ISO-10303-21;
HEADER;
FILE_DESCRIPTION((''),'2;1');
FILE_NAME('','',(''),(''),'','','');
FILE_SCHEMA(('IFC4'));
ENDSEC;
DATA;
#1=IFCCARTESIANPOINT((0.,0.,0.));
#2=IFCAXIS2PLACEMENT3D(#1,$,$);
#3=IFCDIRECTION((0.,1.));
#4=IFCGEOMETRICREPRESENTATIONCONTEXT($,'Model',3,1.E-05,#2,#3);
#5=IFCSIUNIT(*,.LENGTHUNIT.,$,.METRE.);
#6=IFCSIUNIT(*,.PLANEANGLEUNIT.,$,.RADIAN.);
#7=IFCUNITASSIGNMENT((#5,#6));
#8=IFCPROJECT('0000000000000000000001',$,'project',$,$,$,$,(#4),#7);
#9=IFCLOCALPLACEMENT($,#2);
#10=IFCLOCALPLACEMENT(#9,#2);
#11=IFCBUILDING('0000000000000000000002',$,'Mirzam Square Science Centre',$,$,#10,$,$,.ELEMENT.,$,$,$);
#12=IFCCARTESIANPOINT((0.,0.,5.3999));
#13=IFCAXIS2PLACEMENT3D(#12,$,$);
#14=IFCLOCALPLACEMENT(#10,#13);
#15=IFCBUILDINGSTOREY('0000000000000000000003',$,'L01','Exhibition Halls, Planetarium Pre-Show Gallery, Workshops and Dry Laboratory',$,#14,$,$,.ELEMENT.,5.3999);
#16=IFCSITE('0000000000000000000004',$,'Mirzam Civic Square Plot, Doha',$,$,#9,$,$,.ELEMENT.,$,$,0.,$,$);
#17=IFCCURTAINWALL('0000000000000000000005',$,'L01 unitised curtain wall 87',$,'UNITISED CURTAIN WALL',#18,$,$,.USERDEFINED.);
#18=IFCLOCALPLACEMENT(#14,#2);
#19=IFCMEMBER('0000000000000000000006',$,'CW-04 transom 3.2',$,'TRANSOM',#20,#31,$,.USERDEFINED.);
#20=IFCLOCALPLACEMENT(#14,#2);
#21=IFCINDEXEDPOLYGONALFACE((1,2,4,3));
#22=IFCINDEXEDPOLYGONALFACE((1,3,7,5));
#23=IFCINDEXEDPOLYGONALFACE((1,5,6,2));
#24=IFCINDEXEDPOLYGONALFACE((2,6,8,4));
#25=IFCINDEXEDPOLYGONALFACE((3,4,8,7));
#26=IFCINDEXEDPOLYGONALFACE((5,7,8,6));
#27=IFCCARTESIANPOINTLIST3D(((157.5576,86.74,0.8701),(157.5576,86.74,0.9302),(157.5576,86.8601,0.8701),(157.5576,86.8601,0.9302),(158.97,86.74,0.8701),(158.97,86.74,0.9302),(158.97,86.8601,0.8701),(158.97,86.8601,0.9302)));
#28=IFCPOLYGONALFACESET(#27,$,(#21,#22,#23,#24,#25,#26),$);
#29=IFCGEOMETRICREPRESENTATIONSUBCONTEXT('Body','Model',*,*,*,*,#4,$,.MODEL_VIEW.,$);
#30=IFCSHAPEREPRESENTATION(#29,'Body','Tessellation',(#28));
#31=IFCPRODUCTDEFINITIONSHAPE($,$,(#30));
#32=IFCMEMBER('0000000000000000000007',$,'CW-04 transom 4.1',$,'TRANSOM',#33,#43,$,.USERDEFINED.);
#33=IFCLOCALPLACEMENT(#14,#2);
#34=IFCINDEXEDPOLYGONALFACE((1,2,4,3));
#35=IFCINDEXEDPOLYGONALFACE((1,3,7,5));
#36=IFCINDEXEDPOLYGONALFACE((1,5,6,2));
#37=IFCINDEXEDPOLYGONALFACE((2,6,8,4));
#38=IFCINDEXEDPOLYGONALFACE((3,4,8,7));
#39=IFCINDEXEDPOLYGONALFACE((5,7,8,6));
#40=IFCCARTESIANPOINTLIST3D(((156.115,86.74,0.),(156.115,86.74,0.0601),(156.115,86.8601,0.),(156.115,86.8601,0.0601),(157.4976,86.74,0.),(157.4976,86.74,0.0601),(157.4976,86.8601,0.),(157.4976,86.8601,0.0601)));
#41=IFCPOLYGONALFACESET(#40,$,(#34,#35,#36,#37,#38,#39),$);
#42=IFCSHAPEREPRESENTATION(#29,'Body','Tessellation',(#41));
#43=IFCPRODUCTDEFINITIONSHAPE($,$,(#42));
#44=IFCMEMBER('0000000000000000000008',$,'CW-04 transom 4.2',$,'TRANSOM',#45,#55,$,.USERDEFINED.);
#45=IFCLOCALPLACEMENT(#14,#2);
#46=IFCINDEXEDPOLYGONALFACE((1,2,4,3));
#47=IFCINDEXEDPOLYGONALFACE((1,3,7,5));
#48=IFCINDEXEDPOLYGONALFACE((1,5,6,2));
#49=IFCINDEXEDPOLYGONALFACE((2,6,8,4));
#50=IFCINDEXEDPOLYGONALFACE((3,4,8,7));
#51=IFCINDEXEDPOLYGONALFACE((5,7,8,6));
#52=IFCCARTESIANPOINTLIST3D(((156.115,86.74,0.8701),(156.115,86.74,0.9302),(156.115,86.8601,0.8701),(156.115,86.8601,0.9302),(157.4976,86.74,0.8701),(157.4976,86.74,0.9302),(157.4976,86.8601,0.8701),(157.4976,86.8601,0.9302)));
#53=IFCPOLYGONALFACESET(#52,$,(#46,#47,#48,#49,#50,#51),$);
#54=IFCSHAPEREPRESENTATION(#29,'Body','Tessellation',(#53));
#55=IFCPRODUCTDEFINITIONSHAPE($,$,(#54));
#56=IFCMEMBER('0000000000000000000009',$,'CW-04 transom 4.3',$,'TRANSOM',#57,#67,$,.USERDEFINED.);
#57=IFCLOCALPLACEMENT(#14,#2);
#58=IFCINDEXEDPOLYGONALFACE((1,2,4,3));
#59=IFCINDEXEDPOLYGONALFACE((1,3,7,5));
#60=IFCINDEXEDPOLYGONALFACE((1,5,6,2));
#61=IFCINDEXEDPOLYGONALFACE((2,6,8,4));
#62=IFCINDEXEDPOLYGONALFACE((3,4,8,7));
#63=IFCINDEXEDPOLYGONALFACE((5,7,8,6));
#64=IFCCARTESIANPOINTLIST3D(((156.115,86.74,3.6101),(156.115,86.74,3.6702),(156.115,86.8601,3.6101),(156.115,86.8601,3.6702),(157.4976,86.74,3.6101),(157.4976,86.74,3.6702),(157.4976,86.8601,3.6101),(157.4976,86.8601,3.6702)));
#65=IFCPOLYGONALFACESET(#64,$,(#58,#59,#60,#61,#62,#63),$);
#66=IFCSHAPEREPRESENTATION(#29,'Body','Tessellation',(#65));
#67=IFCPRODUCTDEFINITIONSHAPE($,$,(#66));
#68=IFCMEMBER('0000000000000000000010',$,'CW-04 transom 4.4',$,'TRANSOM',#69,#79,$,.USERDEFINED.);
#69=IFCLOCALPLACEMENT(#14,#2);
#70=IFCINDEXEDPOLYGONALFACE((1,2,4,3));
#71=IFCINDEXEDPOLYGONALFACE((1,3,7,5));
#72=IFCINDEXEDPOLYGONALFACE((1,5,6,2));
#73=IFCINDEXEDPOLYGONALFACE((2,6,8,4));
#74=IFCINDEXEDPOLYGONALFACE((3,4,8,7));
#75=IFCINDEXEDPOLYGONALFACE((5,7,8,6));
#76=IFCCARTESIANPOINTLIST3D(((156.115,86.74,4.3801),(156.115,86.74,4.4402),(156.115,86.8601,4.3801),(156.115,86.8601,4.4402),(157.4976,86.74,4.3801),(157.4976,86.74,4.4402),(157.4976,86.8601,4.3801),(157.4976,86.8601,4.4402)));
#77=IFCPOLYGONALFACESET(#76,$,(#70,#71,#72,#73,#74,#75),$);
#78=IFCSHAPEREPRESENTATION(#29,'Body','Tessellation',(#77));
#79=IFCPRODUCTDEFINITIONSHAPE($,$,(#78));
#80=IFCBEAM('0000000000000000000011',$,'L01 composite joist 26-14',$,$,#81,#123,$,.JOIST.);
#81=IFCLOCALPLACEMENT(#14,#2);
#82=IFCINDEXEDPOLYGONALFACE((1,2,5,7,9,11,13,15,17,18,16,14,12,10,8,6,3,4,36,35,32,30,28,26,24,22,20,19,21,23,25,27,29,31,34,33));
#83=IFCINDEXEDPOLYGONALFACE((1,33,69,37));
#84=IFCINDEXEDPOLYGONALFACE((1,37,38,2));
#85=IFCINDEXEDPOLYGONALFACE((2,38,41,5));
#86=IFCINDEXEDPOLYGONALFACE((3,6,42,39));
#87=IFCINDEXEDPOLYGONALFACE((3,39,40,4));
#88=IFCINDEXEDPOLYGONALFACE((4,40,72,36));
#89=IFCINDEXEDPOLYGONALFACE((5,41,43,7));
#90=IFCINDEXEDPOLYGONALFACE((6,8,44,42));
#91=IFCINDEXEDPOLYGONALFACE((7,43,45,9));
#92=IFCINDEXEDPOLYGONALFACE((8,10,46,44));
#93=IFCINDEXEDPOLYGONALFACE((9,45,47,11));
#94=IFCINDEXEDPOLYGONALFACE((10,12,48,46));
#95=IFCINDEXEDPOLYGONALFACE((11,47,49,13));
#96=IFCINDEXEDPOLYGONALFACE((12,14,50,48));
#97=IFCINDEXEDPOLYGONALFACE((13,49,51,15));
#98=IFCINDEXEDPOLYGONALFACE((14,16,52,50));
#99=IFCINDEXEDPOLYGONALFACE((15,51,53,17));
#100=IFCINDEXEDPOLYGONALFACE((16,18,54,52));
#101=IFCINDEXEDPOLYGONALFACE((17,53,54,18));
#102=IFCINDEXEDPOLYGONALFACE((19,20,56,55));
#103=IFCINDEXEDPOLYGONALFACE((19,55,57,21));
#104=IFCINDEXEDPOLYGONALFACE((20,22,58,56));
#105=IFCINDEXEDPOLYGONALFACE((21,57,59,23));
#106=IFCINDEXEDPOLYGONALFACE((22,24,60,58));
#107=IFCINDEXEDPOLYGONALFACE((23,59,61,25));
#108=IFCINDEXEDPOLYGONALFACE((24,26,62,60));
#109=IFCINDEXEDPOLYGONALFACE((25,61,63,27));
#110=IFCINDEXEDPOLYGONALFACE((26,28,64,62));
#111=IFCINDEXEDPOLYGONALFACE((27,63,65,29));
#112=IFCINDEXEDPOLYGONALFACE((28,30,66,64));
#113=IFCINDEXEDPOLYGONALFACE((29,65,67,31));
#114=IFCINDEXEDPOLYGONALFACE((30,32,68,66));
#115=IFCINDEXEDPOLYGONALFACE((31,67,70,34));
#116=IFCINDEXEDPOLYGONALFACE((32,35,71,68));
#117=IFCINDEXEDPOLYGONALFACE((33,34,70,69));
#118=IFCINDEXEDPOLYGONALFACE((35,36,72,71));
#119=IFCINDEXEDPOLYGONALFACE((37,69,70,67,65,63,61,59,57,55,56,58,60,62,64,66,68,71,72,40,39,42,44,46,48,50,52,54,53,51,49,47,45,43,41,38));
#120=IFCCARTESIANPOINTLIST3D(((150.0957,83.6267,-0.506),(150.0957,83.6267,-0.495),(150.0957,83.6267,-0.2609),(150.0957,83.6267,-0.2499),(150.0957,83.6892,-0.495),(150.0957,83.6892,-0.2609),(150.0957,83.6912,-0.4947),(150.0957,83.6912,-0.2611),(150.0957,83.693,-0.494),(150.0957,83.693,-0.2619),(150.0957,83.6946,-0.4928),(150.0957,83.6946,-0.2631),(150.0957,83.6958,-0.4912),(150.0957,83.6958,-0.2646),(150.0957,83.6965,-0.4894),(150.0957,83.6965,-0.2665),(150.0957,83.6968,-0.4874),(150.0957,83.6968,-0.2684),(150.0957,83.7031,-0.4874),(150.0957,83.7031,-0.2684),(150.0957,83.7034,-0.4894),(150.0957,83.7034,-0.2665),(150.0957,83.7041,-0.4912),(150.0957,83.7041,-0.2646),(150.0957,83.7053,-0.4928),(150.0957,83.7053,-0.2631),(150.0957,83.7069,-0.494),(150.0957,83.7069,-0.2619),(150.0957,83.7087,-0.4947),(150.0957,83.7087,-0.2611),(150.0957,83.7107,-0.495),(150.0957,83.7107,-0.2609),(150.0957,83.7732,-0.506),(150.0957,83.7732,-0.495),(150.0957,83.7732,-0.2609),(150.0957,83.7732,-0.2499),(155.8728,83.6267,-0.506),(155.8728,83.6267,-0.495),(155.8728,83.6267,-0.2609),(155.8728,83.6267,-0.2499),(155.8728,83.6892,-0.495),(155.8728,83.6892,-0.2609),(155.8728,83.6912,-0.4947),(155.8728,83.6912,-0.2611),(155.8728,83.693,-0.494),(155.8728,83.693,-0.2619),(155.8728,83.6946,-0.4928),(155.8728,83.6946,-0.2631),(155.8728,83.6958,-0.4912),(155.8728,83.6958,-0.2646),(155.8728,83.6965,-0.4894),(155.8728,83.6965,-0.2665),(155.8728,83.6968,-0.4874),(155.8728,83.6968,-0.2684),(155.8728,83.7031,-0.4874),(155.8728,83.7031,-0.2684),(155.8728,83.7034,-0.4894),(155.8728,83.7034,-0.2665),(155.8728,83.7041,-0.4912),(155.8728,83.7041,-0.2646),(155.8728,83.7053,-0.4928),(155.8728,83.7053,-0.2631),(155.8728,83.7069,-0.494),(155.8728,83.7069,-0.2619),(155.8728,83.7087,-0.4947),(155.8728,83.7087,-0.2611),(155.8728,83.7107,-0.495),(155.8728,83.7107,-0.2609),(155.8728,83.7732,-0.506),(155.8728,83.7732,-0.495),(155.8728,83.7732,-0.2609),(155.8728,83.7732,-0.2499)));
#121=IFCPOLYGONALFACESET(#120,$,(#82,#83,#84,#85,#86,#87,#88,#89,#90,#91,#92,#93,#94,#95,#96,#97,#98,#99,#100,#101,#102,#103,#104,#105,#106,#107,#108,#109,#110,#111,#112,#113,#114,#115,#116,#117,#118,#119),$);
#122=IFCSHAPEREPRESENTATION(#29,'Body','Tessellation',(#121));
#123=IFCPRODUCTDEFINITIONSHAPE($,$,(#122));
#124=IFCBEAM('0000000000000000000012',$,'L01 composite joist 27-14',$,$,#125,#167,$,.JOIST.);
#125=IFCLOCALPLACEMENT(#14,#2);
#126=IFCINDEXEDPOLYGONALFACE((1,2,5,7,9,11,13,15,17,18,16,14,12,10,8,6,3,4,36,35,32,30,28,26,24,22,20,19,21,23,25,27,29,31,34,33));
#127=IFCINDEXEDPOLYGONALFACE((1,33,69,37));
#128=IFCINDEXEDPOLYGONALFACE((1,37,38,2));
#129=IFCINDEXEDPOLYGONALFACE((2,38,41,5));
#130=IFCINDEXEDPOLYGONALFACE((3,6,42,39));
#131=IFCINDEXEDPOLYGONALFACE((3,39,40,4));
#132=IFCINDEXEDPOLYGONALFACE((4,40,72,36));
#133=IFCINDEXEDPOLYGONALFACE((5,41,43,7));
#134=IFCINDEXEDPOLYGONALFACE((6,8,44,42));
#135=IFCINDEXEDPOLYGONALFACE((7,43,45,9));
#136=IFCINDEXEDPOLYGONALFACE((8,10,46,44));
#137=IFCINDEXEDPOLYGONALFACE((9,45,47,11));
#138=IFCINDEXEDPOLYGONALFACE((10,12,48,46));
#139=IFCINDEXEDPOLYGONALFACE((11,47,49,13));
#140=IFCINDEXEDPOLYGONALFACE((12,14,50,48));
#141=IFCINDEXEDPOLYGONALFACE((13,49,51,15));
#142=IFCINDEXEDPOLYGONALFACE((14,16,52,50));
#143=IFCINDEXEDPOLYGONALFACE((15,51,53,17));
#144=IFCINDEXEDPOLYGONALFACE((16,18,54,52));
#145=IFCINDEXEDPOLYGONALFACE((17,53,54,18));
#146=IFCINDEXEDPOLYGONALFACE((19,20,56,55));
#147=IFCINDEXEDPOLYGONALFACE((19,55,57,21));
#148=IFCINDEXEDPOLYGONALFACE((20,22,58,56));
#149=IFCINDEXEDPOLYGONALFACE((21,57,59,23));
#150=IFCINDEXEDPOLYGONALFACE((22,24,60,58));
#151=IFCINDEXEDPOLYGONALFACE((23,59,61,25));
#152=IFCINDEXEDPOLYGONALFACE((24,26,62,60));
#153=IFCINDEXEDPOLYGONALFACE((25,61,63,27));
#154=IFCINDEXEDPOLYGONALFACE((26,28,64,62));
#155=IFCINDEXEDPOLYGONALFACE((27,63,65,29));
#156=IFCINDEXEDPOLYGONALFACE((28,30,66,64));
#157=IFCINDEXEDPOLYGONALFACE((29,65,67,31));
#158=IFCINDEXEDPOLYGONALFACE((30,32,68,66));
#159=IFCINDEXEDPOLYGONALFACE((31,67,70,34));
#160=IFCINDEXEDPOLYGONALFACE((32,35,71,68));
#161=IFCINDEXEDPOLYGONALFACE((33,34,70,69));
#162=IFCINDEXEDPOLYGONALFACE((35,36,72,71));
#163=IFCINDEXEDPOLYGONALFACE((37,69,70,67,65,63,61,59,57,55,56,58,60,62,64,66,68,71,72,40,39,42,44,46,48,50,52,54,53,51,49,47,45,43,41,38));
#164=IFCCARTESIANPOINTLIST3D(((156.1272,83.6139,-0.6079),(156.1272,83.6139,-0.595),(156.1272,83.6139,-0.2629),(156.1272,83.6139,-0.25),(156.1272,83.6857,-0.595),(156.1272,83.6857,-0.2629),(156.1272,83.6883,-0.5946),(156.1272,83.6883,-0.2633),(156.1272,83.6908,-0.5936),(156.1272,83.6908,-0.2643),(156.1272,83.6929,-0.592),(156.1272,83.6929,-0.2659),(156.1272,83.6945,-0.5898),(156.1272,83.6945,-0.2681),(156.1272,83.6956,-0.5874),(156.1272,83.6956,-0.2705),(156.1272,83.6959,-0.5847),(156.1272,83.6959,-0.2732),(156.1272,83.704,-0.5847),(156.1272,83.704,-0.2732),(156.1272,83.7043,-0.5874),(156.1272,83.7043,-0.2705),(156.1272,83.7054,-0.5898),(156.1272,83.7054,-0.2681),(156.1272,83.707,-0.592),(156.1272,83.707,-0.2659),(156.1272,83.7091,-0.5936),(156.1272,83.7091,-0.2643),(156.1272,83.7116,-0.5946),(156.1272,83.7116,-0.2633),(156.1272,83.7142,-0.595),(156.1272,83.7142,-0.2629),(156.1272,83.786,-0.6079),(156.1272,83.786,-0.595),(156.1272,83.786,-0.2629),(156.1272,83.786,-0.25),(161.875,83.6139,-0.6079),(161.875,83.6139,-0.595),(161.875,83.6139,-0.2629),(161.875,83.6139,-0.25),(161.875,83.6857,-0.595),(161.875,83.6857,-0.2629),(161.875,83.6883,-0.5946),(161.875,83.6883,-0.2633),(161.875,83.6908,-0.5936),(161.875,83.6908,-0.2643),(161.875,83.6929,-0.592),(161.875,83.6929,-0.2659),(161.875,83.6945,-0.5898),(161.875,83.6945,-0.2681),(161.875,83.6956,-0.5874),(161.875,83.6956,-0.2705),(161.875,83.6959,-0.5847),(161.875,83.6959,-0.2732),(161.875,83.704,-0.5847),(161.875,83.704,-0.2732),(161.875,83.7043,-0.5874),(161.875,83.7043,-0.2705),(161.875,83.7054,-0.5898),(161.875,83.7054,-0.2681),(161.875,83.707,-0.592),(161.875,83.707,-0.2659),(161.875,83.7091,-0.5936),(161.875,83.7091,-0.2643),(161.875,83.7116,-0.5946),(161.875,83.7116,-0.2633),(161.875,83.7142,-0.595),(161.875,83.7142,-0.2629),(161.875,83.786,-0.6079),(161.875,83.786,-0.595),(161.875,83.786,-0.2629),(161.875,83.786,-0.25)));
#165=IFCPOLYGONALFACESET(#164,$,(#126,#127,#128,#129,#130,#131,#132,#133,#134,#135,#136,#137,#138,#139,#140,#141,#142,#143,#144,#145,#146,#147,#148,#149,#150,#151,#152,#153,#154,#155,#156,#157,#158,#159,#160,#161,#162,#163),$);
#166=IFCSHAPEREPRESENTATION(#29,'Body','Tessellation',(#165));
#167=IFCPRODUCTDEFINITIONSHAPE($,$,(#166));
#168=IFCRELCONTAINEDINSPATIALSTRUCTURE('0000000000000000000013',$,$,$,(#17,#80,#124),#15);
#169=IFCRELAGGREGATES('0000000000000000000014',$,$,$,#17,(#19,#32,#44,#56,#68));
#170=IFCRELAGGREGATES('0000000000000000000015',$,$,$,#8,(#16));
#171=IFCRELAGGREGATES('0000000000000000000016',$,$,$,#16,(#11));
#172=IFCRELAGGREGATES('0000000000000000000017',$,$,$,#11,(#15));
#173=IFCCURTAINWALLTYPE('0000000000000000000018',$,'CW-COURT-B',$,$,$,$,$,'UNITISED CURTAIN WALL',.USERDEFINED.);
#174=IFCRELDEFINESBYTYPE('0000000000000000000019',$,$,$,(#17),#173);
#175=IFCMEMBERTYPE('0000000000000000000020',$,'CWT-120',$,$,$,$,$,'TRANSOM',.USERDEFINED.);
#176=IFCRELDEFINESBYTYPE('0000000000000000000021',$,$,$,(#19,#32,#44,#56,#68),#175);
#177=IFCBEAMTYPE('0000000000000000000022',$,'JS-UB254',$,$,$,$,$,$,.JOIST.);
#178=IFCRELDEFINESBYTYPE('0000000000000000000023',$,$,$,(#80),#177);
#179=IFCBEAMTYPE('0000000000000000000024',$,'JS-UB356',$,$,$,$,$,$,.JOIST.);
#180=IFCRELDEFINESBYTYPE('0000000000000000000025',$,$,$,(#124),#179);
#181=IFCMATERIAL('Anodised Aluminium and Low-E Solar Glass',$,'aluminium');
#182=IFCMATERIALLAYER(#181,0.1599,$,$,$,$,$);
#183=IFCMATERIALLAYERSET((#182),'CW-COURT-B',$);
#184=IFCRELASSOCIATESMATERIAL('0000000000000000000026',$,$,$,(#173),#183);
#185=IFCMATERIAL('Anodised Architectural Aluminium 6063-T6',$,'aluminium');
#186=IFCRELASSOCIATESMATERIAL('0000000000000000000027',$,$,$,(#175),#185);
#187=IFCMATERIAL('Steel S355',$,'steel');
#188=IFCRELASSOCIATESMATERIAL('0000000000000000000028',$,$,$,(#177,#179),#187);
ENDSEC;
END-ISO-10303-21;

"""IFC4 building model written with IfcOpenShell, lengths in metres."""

from ifc_helpers import new_model, si_unit, direction, frame, origin, origin_2d, place, context, subcontext, project, spatial, rectangle, i_section, extrude, material, layer, layer_set, material_profile, profile_set, type_object, element, aggregate, save


model = new_model("IFC4")

# Units and contexts
model_context = context("Model", 3, precision=1e-05, world=origin(), true_north=direction((0.0, 1.0)))
body_context = subcontext(model_context, "Body", "Model", "MODEL_VIEW")
ifc_project = project(units=[si_unit("LENGTHUNIT", "METRE"), si_unit("PLANEANGLEUNIT", "RADIAN")], contexts=[model_context])

# Site, building, storey
site_placement = place(None, origin())
site = spatial("IfcSite", under=ifc_project, at=site_placement, Name="Mirzam Civic Square Plot, Doha", CompositionType="ELEMENT", RefElevation=0.0)
building_placement = place(site_placement, origin())
building = spatial("IfcBuilding", under=site, at=building_placement, Name="Mirzam Square Science Centre", CompositionType="ELEMENT")
storey_placement = place(building_placement, frame((0.0, 0.0, 5.3999)))
storey = spatial("IfcBuildingStorey", under=building, at=storey_placement, Name="L01", Description="Exhibition Halls, Planetarium Pre-Show Gallery, Workshops and Dry Laboratory", CompositionType="ELEMENT", Elevation=5.3999)

# Shared definitions
ifc_material_1 = material(Name="Steel S355", Category="steel")

# Curtain wall, members
ifc_material_2 = material(Name="Anodised Aluminium and Low-E Solar Glass", Category="aluminium")
ifc_layer_1 = layer(ifc_material_2, 0.1599)
ifc_layer_set_1 = layer_set([ifc_layer_1], Name="CW-COURT-B")
curtain_wall_type = type_object("IfcCurtainWallType", Name="CW-COURT-B", ElementType="UNITISED CURTAIN WALL", PredefinedType="USERDEFINED", material=ifc_layer_set_1)
curtain_wall_placement = place(storey_placement, origin())
curtain_wall = element("IfcCurtainWall", 1, at=curtain_wall_placement, inside=storey, type_object=curtain_wall_type, Name="L01 unitised curtain wall 87", ObjectType="UNITISED CURTAIN WALL", PredefinedType="USERDEFINED")
ifc_material_3 = material(Name="Anodised Architectural Aluminium 6063-T6", Category="aluminium")
ifc_material_profile_1 = material_profile(ifc_material_3, rectangle(XDim=0.1201, YDim=0.0601, at=origin_2d()), Name="ALU-TRAN-120x60x4")
ifc_profile_set_1 = profile_set([ifc_material_profile_1], Name="Anodised Architectural Aluminium 6063-T6")
member_type_1 = type_object("IfcMemberType", Name="CWT-120", ElementType="TRANSOM", PredefinedType="USERDEFINED", material=ifc_profile_set_1)
member_1_placement = place(storey_placement, frame((158.97, 86.8, 0.9001), z_axis=(-1.0, 0.0, 0.0), x_axis=(0.0, -1.0, 0.0)))
member_1 = element("IfcMember", 2, at=member_1_placement, type_object=member_type_1, Name="CW-04 transom 3.2", ObjectType="TRANSOM", PredefinedType="USERDEFINED", context=body_context, shape_type="SweptSolid", body=[
    extrude(rectangle(XDim=0.1201, YDim=0.0601, at=origin_2d()), origin(), (0.0, 0.0, 1.0), 1.4124),
])
member_2_placement = place(storey_placement, frame((157.4976, 86.8, 0.03), z_axis=(-1.0, 0.0, 0.0), x_axis=(0.0, -1.0, 0.0)))
member_2 = element("IfcMember", 3, at=member_2_placement, type_object=member_type_1, Name="CW-04 transom 4.1", ObjectType="TRANSOM", PredefinedType="USERDEFINED", context=body_context, shape_type="SweptSolid", body=[
    extrude(rectangle(XDim=0.1201, YDim=0.0601, at=origin_2d()), origin(), (0.0, 0.0, 1.0), 1.3826),
])
member_3_placement = place(storey_placement, frame((157.4976, 86.8, 0.9001), z_axis=(-1.0, 0.0, 0.0), x_axis=(0.0, -1.0, 0.0)))
member_3 = element("IfcMember", 4, at=member_3_placement, type_object=member_type_1, Name="CW-04 transom 4.2", ObjectType="TRANSOM", PredefinedType="USERDEFINED", context=body_context, shape_type="SweptSolid", body=[
    extrude(rectangle(XDim=0.1201, YDim=0.0601, at=origin_2d()), origin(), (0.0, 0.0, 1.0), 1.3826),
])
member_4_placement = place(storey_placement, frame((157.4976, 86.8, 3.6401), z_axis=(-1.0, 0.0, 0.0), x_axis=(0.0, -1.0, 0.0)))
member_4 = element("IfcMember", 5, at=member_4_placement, type_object=member_type_1, Name="CW-04 transom 4.3", ObjectType="TRANSOM", PredefinedType="USERDEFINED", context=body_context, shape_type="SweptSolid", body=[
    extrude(rectangle(XDim=0.1201, YDim=0.0601, at=origin_2d()), origin(), (0.0, 0.0, 1.0), 1.3826),
])
member_5_placement = place(storey_placement, frame((157.4976, 86.8, 4.4102), z_axis=(-1.0, 0.0, 0.0), x_axis=(0.0, -1.0, 0.0)))
member_5 = element("IfcMember", 6, at=member_5_placement, type_object=member_type_1, Name="CW-04 transom 4.4", ObjectType="TRANSOM", PredefinedType="USERDEFINED", context=body_context, shape_type="SweptSolid", body=[
    extrude(rectangle(XDim=0.1201, YDim=0.0601, at=origin_2d()), origin(), (0.0, 0.0, 1.0), 1.3826),
])

# Beams
ifc_material_profile_2 = material_profile(ifc_material_1, i_section(OverallWidth=0.1465, OverallDepth=0.2561, WebThickness=0.0063, FlangeThickness=0.011, FilletRadius=0.0076, at=origin_2d()), Name="254x146x37UB")
ifc_profile_set_2 = profile_set([ifc_material_profile_2], Name="Steel S355")
beam_type_1 = type_object("IfcBeamType", Name="JS-UB254", PredefinedType="JOIST", material=ifc_profile_set_2)
beam_1_placement = place(storey_placement, frame((150.0957, 83.7, -0.3779), z_axis=(1.0, 0.0, 0.0), x_axis=(0.0, 1.0, 0.0)))
element("IfcBeam", 7, at=beam_1_placement, inside=storey, type_object=beam_type_1, Name="L01 composite joist 26-14", PredefinedType="JOIST", context=body_context, shape_type="SweptSolid", body=[
    extrude(i_section(OverallWidth=0.1465, OverallDepth=0.2561, WebThickness=0.0063, FlangeThickness=0.011, FilletRadius=0.0076, at=origin_2d()), origin(), (0.0, 0.0, 1.0), 5.7771),
])
ifc_material_profile_3 = material_profile(ifc_material_1, i_section(OverallWidth=0.1721, OverallDepth=0.3579, WebThickness=0.0081, FlangeThickness=0.0129, FilletRadius=0.0103, at=origin_2d()), Name="356x171x57UB")
ifc_profile_set_3 = profile_set([ifc_material_profile_3], Name="Steel S355")
beam_type_2 = type_object("IfcBeamType", Name="JS-UB356", PredefinedType="JOIST", material=ifc_profile_set_3)
beam_2_placement = place(storey_placement, frame((156.1272, 83.7, -0.429), z_axis=(1.0, 0.0, 0.0), x_axis=(0.0, 1.0, 0.0)))
element("IfcBeam", 8, at=beam_2_placement, inside=storey, type_object=beam_type_2, Name="L01 composite joist 27-14", PredefinedType="JOIST", context=body_context, shape_type="SweptSolid", body=[
    extrude(i_section(OverallWidth=0.1721, OverallDepth=0.3579, WebThickness=0.0081, FlangeThickness=0.0129, FilletRadius=0.0103, at=origin_2d()), origin(), (0.0, 0.0, 1.0), 5.7478),
])

aggregate(curtain_wall, [member_1, member_2, member_3, member_4, member_5])

save(model, "model.ifc")
